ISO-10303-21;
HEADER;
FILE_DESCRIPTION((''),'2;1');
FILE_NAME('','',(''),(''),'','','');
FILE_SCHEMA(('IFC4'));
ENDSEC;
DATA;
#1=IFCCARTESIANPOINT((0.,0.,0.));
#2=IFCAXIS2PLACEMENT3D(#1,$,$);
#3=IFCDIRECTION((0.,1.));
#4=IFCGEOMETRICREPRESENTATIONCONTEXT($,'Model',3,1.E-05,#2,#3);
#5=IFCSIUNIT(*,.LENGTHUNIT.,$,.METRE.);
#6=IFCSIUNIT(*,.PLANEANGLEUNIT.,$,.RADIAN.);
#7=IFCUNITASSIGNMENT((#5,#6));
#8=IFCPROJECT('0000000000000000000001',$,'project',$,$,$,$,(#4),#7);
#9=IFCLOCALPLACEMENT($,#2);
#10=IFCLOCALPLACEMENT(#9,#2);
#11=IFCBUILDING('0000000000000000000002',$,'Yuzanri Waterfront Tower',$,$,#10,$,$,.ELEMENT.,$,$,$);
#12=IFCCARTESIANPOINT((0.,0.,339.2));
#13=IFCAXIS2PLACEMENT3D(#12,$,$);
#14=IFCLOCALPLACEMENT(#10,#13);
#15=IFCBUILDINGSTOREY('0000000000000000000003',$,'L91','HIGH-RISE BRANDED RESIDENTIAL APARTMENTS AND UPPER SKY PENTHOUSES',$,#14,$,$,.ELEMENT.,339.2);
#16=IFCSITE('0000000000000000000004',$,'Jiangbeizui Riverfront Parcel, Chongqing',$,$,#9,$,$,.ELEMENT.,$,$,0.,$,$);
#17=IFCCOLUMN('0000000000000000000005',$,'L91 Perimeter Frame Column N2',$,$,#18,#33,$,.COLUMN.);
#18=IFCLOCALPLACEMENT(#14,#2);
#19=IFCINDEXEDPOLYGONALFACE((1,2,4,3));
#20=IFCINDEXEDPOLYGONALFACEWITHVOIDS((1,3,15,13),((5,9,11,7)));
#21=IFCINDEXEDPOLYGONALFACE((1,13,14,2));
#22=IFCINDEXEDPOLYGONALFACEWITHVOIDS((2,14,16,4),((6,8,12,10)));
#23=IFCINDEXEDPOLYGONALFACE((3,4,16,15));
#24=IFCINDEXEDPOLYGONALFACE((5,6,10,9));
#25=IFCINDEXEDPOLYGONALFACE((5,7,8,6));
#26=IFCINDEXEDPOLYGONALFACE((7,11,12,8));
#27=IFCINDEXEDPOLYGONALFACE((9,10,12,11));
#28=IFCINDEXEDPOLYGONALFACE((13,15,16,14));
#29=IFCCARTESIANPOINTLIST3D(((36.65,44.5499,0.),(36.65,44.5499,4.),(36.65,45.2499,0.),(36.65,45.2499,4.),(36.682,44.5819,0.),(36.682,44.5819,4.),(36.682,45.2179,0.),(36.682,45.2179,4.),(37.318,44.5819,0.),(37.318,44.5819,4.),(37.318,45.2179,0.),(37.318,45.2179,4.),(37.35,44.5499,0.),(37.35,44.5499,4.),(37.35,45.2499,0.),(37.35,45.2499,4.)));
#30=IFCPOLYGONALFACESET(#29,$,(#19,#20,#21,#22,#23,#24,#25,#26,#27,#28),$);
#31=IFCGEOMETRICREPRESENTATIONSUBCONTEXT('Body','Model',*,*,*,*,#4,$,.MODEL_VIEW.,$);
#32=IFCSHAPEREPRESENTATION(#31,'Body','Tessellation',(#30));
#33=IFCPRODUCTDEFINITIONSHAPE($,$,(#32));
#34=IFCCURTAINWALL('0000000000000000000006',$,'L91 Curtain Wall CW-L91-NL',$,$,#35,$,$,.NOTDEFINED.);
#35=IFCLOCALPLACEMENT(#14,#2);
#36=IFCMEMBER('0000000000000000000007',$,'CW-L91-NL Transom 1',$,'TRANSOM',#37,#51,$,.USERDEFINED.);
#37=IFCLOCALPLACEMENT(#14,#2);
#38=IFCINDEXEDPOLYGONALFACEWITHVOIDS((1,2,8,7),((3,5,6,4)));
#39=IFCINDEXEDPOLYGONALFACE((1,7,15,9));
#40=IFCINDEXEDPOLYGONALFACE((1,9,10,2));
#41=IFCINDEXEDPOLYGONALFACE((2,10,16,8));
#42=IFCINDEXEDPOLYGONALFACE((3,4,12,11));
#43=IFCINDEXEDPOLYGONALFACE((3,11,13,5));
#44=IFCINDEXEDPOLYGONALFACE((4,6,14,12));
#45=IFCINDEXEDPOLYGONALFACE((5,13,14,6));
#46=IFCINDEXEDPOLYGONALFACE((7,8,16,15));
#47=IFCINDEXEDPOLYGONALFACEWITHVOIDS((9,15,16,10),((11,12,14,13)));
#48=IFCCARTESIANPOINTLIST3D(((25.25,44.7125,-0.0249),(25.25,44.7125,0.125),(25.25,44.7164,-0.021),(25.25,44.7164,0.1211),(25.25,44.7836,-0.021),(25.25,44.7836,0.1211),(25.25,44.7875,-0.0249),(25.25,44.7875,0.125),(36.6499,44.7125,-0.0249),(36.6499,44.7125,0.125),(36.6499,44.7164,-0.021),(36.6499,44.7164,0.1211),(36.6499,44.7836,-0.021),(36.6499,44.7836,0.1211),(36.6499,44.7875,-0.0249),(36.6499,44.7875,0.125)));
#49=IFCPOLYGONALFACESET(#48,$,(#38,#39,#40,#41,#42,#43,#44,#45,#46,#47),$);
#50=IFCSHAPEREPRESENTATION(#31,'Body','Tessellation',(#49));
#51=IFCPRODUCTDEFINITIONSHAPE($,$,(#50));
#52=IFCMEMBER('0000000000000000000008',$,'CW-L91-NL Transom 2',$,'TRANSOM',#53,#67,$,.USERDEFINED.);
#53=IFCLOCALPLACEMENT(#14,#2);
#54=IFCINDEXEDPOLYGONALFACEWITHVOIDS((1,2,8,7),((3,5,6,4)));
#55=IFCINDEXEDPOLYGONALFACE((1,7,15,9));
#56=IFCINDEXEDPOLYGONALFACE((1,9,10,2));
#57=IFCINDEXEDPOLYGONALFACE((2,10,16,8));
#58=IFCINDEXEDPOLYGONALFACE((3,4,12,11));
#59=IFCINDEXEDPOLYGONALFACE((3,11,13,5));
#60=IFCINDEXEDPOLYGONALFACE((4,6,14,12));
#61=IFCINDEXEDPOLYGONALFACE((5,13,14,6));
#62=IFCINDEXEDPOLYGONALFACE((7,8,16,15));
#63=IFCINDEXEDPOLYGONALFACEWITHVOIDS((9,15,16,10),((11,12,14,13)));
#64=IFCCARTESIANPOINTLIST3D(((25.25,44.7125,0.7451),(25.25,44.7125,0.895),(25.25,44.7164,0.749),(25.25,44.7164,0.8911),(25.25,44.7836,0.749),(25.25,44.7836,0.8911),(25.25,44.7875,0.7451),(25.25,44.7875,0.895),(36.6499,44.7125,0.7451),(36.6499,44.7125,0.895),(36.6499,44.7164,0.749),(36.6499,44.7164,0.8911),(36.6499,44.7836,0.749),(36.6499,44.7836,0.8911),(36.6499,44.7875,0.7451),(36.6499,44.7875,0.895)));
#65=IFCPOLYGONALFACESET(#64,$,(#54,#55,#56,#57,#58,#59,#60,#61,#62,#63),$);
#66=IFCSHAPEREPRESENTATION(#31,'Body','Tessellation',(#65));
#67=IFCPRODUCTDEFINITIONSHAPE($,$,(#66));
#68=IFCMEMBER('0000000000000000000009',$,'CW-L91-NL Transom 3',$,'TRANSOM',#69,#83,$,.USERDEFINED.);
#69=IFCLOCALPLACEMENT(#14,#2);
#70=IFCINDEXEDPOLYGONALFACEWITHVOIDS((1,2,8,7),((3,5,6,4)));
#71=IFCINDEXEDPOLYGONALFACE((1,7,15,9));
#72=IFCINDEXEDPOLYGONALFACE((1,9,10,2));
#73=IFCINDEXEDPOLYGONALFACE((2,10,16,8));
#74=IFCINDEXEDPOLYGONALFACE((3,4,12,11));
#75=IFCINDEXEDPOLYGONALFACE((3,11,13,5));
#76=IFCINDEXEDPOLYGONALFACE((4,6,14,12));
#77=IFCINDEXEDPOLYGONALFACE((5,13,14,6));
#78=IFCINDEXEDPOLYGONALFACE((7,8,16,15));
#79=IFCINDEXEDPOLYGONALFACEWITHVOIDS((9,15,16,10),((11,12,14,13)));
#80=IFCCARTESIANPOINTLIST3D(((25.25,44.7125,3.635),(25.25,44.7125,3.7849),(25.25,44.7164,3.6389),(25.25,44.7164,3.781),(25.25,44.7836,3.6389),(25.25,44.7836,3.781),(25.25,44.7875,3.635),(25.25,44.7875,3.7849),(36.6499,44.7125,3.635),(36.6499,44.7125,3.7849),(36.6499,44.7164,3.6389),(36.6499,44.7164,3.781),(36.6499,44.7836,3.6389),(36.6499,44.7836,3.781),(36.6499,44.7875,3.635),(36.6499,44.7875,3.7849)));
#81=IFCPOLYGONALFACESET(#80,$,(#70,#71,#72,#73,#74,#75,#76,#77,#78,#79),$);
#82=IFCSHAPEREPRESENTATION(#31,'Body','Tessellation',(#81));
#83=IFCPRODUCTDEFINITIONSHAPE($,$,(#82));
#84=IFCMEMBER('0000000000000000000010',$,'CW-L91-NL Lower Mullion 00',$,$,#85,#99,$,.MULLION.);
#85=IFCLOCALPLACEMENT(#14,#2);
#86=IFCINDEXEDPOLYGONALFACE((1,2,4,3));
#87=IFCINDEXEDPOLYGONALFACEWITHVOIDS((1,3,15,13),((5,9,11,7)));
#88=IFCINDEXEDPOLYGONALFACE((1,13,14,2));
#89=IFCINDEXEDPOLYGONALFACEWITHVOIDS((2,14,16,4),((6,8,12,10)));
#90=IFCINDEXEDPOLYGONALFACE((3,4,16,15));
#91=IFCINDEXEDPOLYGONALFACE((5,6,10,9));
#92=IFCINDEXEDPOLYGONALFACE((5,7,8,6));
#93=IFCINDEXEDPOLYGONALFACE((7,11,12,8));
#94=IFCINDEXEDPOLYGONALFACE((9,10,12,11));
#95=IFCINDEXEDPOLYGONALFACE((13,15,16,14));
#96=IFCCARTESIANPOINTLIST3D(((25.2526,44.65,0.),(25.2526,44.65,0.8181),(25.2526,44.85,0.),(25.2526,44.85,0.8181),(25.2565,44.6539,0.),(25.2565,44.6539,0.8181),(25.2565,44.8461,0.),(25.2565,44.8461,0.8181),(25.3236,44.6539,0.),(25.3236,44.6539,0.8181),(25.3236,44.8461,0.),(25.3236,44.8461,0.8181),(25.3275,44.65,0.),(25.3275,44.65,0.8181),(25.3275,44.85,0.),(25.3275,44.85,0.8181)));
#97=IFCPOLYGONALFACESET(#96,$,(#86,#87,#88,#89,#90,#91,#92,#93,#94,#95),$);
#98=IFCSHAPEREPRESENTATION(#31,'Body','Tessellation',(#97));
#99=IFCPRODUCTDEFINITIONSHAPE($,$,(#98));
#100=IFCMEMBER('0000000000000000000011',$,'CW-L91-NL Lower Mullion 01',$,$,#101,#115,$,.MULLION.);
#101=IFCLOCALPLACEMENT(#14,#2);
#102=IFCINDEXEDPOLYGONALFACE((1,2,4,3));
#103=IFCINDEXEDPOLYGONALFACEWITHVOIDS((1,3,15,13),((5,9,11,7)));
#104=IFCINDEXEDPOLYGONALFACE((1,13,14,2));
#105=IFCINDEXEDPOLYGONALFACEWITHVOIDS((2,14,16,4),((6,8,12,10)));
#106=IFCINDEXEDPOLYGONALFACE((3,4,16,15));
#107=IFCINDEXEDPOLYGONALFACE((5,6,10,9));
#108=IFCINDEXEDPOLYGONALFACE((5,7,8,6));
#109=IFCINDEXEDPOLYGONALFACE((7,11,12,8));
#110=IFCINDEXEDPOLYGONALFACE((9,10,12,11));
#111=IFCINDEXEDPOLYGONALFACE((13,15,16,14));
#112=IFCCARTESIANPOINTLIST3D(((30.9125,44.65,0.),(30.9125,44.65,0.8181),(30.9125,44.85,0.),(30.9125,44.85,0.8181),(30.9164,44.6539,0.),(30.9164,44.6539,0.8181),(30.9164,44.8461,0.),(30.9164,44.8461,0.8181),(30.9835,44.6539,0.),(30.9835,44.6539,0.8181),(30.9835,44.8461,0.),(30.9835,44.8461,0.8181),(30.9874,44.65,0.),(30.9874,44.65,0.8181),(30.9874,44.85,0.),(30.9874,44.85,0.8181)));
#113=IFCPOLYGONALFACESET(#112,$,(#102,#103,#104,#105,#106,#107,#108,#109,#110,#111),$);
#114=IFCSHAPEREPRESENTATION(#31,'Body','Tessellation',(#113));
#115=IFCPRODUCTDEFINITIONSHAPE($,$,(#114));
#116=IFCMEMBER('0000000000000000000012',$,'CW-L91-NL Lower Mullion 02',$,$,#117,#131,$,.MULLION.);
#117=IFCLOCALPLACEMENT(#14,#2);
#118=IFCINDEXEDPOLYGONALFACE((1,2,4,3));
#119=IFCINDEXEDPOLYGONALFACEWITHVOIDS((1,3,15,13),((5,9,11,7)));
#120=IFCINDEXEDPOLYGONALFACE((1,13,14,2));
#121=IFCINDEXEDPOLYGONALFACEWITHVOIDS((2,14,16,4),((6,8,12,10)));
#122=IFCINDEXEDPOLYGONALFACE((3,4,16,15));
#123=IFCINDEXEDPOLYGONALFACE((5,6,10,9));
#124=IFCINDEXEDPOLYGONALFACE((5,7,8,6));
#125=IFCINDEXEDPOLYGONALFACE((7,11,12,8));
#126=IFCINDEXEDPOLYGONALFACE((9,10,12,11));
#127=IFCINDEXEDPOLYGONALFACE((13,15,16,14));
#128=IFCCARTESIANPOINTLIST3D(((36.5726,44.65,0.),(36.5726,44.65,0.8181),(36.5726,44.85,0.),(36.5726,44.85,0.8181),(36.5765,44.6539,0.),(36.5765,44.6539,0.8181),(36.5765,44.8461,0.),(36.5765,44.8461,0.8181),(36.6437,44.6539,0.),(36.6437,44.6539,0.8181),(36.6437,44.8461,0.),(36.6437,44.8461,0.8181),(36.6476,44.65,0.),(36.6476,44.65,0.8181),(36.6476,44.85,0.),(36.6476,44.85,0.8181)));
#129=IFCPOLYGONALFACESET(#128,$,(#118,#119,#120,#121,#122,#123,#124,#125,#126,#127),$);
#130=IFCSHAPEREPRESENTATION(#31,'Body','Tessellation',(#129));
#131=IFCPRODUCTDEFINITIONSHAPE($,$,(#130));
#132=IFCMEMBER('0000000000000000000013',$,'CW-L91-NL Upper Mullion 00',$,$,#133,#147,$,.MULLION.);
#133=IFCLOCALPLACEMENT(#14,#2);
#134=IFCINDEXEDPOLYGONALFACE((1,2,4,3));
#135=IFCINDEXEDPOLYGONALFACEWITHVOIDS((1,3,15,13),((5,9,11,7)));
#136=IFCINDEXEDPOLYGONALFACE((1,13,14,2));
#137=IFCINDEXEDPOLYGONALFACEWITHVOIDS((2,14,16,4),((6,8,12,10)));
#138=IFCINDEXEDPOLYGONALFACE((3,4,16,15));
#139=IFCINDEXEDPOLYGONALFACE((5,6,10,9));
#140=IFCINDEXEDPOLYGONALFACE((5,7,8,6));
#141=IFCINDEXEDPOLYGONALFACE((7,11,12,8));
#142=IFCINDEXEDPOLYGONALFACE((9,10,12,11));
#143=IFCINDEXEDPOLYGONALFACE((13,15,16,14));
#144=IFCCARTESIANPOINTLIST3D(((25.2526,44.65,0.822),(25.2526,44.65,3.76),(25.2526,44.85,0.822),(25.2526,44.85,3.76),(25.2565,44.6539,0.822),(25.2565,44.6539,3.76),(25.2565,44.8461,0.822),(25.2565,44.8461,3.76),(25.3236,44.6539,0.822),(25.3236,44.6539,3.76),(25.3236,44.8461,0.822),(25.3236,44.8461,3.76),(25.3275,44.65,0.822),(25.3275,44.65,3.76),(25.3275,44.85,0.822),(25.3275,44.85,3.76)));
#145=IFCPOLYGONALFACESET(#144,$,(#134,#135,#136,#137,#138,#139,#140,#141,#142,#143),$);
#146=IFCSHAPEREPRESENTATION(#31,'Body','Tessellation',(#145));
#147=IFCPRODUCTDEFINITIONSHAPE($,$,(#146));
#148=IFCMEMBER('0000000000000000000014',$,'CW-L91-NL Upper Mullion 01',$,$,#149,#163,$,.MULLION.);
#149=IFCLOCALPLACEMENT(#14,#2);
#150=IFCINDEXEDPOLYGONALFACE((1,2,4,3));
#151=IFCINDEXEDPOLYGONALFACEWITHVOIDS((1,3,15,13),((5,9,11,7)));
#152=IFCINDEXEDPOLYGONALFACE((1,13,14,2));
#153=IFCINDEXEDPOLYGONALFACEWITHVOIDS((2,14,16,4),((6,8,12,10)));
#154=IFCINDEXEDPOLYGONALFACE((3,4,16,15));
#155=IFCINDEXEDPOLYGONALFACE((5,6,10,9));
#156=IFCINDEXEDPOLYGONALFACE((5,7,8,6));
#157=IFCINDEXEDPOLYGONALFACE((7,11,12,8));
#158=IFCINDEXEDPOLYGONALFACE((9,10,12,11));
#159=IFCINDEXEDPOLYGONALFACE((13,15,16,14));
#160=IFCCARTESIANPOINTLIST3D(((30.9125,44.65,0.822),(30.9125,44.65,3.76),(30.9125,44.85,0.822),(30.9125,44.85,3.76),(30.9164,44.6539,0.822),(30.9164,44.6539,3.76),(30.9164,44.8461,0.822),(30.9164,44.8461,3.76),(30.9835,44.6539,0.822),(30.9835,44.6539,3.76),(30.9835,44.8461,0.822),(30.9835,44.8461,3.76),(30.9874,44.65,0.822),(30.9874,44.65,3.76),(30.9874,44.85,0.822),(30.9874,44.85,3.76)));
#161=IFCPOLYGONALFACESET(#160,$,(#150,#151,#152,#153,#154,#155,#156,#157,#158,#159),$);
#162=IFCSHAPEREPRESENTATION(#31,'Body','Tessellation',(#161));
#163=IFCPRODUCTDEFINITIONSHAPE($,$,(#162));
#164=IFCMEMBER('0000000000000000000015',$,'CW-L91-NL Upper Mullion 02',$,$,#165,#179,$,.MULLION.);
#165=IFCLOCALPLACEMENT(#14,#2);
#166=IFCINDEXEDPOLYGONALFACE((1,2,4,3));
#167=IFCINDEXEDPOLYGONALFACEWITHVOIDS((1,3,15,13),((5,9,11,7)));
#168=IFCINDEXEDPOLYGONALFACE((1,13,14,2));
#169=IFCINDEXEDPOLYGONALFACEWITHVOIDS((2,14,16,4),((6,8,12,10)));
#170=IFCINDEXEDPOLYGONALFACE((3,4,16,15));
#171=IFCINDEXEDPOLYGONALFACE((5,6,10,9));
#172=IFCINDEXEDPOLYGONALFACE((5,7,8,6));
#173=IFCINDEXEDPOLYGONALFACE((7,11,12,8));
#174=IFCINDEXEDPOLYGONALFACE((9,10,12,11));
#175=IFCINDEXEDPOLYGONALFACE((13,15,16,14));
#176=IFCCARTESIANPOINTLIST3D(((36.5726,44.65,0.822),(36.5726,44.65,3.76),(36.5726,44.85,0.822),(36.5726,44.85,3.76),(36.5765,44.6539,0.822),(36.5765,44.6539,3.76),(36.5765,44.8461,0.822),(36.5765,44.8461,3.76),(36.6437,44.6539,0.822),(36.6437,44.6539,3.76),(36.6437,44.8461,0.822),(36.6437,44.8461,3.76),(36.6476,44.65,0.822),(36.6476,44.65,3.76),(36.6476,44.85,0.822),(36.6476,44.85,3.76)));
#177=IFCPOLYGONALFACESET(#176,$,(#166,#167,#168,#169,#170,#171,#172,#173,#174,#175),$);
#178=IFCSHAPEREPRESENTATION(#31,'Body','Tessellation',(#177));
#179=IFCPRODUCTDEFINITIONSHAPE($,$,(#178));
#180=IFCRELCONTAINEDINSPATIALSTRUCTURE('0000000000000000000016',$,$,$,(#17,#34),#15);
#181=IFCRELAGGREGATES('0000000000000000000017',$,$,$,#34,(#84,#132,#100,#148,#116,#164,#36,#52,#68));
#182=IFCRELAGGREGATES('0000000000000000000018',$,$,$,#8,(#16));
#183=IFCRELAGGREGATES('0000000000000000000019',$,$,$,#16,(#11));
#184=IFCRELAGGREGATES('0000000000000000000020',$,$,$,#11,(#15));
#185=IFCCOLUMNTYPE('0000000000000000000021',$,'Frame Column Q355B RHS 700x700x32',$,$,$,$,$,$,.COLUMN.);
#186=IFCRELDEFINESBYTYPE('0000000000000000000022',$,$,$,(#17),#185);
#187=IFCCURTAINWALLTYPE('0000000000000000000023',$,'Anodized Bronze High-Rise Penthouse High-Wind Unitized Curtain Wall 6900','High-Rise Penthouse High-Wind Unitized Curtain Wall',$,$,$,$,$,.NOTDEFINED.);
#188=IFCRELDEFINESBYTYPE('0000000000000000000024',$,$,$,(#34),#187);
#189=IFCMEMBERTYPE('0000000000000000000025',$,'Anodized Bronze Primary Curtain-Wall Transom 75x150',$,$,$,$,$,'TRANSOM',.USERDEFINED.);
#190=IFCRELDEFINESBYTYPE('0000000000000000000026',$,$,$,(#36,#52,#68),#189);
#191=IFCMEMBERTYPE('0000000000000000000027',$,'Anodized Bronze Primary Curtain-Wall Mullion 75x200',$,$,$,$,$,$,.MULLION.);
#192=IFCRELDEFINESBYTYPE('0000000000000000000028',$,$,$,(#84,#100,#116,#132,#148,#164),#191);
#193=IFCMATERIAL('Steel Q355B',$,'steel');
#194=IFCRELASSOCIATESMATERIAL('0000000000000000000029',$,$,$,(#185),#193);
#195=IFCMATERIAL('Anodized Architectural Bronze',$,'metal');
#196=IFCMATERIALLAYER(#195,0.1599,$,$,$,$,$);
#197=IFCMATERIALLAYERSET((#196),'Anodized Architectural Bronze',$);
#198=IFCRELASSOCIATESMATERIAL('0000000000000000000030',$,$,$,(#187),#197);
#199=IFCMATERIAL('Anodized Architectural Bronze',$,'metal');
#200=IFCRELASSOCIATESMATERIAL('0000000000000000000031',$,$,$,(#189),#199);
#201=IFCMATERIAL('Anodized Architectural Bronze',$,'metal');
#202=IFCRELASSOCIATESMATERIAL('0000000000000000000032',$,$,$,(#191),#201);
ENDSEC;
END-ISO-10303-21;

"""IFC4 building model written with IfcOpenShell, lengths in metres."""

from ifc_helpers import new_model, si_unit, direction, frame, origin, origin_2d, place, context, subcontext, project, spatial, hollow_rectangle, extrude, source, transform, mapped, material, layer, layer_set, material_profile, profile_set, type_object, element, aggregate, save


model = new_model("IFC4")

# Units and contexts
model_context = context("Model", 3, precision=1e-05, world=origin(), true_north=direction((0.0, 1.0)))
body_context = subcontext(model_context, "Body", "Model", "MODEL_VIEW")
ifc_project = project(units=[si_unit("LENGTHUNIT", "METRE"), si_unit("PLANEANGLEUNIT", "RADIAN")], contexts=[model_context])

# Site, building, storey
site_placement = place(None, origin())
site = spatial("IfcSite", under=ifc_project, at=site_placement, Name="Jiangbeizui Riverfront Parcel, Chongqing", CompositionType="ELEMENT", RefElevation=0.0)
building_placement = place(site_placement, origin())
building = spatial("IfcBuilding", under=site, at=building_placement, Name="Yuzanri Waterfront Tower", CompositionType="ELEMENT")
storey_placement = place(building_placement, frame((0.0, 0.0, 339.2)))
storey = spatial("IfcBuildingStorey", under=building, at=storey_placement, Name="L91", Description="HIGH-RISE BRANDED RESIDENTIAL APARTMENTS AND UPPER SKY PENTHOUSES", CompositionType="ELEMENT", Elevation=339.2)

# Column
ifc_material_1 = material(Name="Steel Q355B", Category="steel")
ifc_material_profile_1 = material_profile(ifc_material_1, hollow_rectangle(XDim=0.7, YDim=0.7, WallThickness=0.032, at=origin_2d()), Name="RHS 700x700x32")
ifc_profile_set_1 = profile_set([ifc_material_profile_1], Name="Steel Q355B")
column_type = type_object("IfcColumnType", Name="Frame Column Q355B RHS 700x700x32", PredefinedType="COLUMN", material=ifc_profile_set_1)
shared_shape_1 = source(origin(), body_context, "Body", "SweptSolid", [
    extrude(hollow_rectangle(XDim=0.7, YDim=0.7, WallThickness=0.032, at=origin_2d()), origin(), (0.0, 0.0, 1.0), 4.0),
])
column_placement = place(storey_placement, frame((37.0, 44.8999, 0.0), z_axis=(0.0, 0.0, 1.0), x_axis=(1.0, 0.0, 0.0)))
element("IfcColumn", 1, at=column_placement, inside=storey, type_object=column_type, Name="L91 Perimeter Frame Column N2", PredefinedType="COLUMN", context=body_context, shape_type="MappedRepresentation", body=[
    mapped(shared_shape_1, transform((0.0, 0.0, 0.0), scale=1.0)),
])

# Curtain wall, members
ifc_material_2 = material(Name="Anodized Architectural Bronze", Category="metal")
ifc_layer_1 = layer(ifc_material_2, 0.1599)
ifc_layer_set_1 = layer_set([ifc_layer_1], Name="Anodized Architectural Bronze")
curtain_wall_type = type_object("IfcCurtainWallType", Name="Anodized Bronze High-Rise Penthouse High-Wind Unitized Curtain Wall 6900", Description="High-Rise Penthouse High-Wind Unitized Curtain Wall", PredefinedType="NOTDEFINED", material=ifc_layer_set_1)
curtain_wall_placement = place(storey_placement, origin())
curtain_wall = element("IfcCurtainWall", 2, at=curtain_wall_placement, inside=storey, type_object=curtain_wall_type, Name="L91 Curtain Wall CW-L91-NL", PredefinedType="NOTDEFINED")
ifc_material_3 = material(Name="Anodized Architectural Bronze", Category="metal")
ifc_material_profile_2 = material_profile(ifc_material_3, hollow_rectangle(XDim=0.075, YDim=0.1499, WallThickness=0.0039, at=origin_2d()), Name="CWT 75x150")
ifc_profile_set_2 = profile_set([ifc_material_profile_2], Name="Anodized Architectural Bronze")
member_type_1 = type_object("IfcMemberType", Name="Anodized Bronze Primary Curtain-Wall Transom 75x150", ElementType="TRANSOM", PredefinedType="USERDEFINED", material=ifc_profile_set_2)
shared_shape_2 = source(origin(), body_context, "Body", "SweptSolid", [
    extrude(hollow_rectangle(XDim=0.075, YDim=0.1499, WallThickness=0.0039, at=origin_2d()), origin(), (0.0, 0.0, 1.0), 11.3999),
])
member_1_placement = place(storey_placement, frame((25.25, 44.75, 0.05), z_axis=(1.0, 0.0, 0.0), x_axis=(0.0, 1.0, 0.0)))
member_1 = element("IfcMember", 3, at=member_1_placement, type_object=member_type_1, Name="CW-L91-NL Transom 1", ObjectType="TRANSOM", PredefinedType="USERDEFINED", context=body_context, shape_type="MappedRepresentation", body=[
    mapped(shared_shape_2, transform((0.0, 0.0, 0.0), scale=1.0)),
])
member_2_placement = place(storey_placement, frame((25.25, 44.75, 0.8201), z_axis=(1.0, 0.0, 0.0), x_axis=(0.0, 1.0, 0.0)))
member_2 = element("IfcMember", 4, at=member_2_placement, type_object=member_type_1, Name="CW-L91-NL Transom 2", ObjectType="TRANSOM", PredefinedType="USERDEFINED", context=body_context, shape_type="MappedRepresentation", body=[
    mapped(shared_shape_2, transform((0.0, 0.0, 0.0), scale=1.0)),
])
member_3_placement = place(storey_placement, frame((25.25, 44.75, 3.71), z_axis=(1.0, 0.0, 0.0), x_axis=(0.0, 1.0, 0.0)))
member_3 = element("IfcMember", 5, at=member_3_placement, type_object=member_type_1, Name="CW-L91-NL Transom 3", ObjectType="TRANSOM", PredefinedType="USERDEFINED", context=body_context, shape_type="MappedRepresentation", body=[
    mapped(shared_shape_2, transform((0.0, 0.0, 0.0), scale=1.0)),
])
ifc_material_4 = material(Name="Anodized Architectural Bronze", Category="metal")
ifc_material_profile_3 = material_profile(ifc_material_4, hollow_rectangle(XDim=0.075, YDim=0.2, WallThickness=0.0039, at=origin_2d()), Name="CWM 75x200")
ifc_profile_set_3 = profile_set([ifc_material_profile_3], Name="Anodized Architectural Bronze")
member_type_2 = type_object("IfcMemberType", Name="Anodized Bronze Primary Curtain-Wall Mullion 75x200", PredefinedType="MULLION", material=ifc_profile_set_3)
shared_shape_3 = source(origin(), body_context, "Body", "SweptSolid", [
    extrude(hollow_rectangle(XDim=0.075, YDim=0.2, WallThickness=0.0039, at=origin_2d()), origin(), (0.0, 0.0, 1.0), 0.8181),
])
member_4_placement = place(storey_placement, frame((25.29, 44.75, 0.0), z_axis=(0.0, 0.0, 1.0), x_axis=(1.0, 0.0, 0.0)))
member_4 = element("IfcMember", 6, at=member_4_placement, type_object=member_type_2, Name="CW-L91-NL Lower Mullion 00", PredefinedType="MULLION", context=body_context, shape_type="MappedRepresentation", body=[
    mapped(shared_shape_3, transform((0.0, 0.0, 0.0), scale=1.0)),
])
member_5_placement = place(storey_placement, frame((30.95, 44.75, 0.0), z_axis=(0.0, 0.0, 1.0), x_axis=(1.0, 0.0, 0.0)))
member_5 = element("IfcMember", 7, at=member_5_placement, type_object=member_type_2, Name="CW-L91-NL Lower Mullion 01", PredefinedType="MULLION", context=body_context, shape_type="MappedRepresentation", body=[
    mapped(shared_shape_3, transform((0.0, 0.0, 0.0), scale=1.0)),
])
member_6_placement = place(storey_placement, frame((36.6101, 44.75, 0.0), z_axis=(0.0, 0.0, 1.0), x_axis=(1.0, 0.0, 0.0)))
member_6 = element("IfcMember", 8, at=member_6_placement, type_object=member_type_2, Name="CW-L91-NL Lower Mullion 02", PredefinedType="MULLION", context=body_context, shape_type="MappedRepresentation", body=[
    mapped(shared_shape_3, transform((0.0, 0.0, 0.0), scale=1.0)),
])
shared_shape_4 = source(origin(), body_context, "Body", "SweptSolid", [
    extrude(hollow_rectangle(XDim=0.075, YDim=0.2, WallThickness=0.0039, at=origin_2d()), origin(), (0.0, 0.0, 1.0), 2.938),
])
member_7_placement = place(storey_placement, frame((25.29, 44.75, 0.822), z_axis=(0.0, 0.0, 1.0), x_axis=(1.0, 0.0, 0.0)))
member_7 = element("IfcMember", 9, at=member_7_placement, type_object=member_type_2, Name="CW-L91-NL Upper Mullion 00", PredefinedType="MULLION", context=body_context, shape_type="MappedRepresentation", body=[
    mapped(shared_shape_4, transform((0.0, 0.0, 0.0), scale=1.0)),
])
member_8_placement = place(storey_placement, frame((30.95, 44.75, 0.822), z_axis=(0.0, 0.0, 1.0), x_axis=(1.0, 0.0, 0.0)))
member_8 = element("IfcMember", 10, at=member_8_placement, type_object=member_type_2, Name="CW-L91-NL Upper Mullion 01", PredefinedType="MULLION", context=body_context, shape_type="MappedRepresentation", body=[
    mapped(shared_shape_4, transform((0.0, 0.0, 0.0), scale=1.0)),
])
member_9_placement = place(storey_placement, frame((36.6101, 44.75, 0.822), z_axis=(0.0, 0.0, 1.0), x_axis=(1.0, 0.0, 0.0)))
member_9 = element("IfcMember", 11, at=member_9_placement, type_object=member_type_2, Name="CW-L91-NL Upper Mullion 02", PredefinedType="MULLION", context=body_context, shape_type="MappedRepresentation", body=[
    mapped(shared_shape_4, transform((0.0, 0.0, 0.0), scale=1.0)),
])

aggregate(curtain_wall, [member_4, member_7, member_5, member_8, member_6, member_9, member_1, member_2, member_3])

save(model, "model.ifc")
